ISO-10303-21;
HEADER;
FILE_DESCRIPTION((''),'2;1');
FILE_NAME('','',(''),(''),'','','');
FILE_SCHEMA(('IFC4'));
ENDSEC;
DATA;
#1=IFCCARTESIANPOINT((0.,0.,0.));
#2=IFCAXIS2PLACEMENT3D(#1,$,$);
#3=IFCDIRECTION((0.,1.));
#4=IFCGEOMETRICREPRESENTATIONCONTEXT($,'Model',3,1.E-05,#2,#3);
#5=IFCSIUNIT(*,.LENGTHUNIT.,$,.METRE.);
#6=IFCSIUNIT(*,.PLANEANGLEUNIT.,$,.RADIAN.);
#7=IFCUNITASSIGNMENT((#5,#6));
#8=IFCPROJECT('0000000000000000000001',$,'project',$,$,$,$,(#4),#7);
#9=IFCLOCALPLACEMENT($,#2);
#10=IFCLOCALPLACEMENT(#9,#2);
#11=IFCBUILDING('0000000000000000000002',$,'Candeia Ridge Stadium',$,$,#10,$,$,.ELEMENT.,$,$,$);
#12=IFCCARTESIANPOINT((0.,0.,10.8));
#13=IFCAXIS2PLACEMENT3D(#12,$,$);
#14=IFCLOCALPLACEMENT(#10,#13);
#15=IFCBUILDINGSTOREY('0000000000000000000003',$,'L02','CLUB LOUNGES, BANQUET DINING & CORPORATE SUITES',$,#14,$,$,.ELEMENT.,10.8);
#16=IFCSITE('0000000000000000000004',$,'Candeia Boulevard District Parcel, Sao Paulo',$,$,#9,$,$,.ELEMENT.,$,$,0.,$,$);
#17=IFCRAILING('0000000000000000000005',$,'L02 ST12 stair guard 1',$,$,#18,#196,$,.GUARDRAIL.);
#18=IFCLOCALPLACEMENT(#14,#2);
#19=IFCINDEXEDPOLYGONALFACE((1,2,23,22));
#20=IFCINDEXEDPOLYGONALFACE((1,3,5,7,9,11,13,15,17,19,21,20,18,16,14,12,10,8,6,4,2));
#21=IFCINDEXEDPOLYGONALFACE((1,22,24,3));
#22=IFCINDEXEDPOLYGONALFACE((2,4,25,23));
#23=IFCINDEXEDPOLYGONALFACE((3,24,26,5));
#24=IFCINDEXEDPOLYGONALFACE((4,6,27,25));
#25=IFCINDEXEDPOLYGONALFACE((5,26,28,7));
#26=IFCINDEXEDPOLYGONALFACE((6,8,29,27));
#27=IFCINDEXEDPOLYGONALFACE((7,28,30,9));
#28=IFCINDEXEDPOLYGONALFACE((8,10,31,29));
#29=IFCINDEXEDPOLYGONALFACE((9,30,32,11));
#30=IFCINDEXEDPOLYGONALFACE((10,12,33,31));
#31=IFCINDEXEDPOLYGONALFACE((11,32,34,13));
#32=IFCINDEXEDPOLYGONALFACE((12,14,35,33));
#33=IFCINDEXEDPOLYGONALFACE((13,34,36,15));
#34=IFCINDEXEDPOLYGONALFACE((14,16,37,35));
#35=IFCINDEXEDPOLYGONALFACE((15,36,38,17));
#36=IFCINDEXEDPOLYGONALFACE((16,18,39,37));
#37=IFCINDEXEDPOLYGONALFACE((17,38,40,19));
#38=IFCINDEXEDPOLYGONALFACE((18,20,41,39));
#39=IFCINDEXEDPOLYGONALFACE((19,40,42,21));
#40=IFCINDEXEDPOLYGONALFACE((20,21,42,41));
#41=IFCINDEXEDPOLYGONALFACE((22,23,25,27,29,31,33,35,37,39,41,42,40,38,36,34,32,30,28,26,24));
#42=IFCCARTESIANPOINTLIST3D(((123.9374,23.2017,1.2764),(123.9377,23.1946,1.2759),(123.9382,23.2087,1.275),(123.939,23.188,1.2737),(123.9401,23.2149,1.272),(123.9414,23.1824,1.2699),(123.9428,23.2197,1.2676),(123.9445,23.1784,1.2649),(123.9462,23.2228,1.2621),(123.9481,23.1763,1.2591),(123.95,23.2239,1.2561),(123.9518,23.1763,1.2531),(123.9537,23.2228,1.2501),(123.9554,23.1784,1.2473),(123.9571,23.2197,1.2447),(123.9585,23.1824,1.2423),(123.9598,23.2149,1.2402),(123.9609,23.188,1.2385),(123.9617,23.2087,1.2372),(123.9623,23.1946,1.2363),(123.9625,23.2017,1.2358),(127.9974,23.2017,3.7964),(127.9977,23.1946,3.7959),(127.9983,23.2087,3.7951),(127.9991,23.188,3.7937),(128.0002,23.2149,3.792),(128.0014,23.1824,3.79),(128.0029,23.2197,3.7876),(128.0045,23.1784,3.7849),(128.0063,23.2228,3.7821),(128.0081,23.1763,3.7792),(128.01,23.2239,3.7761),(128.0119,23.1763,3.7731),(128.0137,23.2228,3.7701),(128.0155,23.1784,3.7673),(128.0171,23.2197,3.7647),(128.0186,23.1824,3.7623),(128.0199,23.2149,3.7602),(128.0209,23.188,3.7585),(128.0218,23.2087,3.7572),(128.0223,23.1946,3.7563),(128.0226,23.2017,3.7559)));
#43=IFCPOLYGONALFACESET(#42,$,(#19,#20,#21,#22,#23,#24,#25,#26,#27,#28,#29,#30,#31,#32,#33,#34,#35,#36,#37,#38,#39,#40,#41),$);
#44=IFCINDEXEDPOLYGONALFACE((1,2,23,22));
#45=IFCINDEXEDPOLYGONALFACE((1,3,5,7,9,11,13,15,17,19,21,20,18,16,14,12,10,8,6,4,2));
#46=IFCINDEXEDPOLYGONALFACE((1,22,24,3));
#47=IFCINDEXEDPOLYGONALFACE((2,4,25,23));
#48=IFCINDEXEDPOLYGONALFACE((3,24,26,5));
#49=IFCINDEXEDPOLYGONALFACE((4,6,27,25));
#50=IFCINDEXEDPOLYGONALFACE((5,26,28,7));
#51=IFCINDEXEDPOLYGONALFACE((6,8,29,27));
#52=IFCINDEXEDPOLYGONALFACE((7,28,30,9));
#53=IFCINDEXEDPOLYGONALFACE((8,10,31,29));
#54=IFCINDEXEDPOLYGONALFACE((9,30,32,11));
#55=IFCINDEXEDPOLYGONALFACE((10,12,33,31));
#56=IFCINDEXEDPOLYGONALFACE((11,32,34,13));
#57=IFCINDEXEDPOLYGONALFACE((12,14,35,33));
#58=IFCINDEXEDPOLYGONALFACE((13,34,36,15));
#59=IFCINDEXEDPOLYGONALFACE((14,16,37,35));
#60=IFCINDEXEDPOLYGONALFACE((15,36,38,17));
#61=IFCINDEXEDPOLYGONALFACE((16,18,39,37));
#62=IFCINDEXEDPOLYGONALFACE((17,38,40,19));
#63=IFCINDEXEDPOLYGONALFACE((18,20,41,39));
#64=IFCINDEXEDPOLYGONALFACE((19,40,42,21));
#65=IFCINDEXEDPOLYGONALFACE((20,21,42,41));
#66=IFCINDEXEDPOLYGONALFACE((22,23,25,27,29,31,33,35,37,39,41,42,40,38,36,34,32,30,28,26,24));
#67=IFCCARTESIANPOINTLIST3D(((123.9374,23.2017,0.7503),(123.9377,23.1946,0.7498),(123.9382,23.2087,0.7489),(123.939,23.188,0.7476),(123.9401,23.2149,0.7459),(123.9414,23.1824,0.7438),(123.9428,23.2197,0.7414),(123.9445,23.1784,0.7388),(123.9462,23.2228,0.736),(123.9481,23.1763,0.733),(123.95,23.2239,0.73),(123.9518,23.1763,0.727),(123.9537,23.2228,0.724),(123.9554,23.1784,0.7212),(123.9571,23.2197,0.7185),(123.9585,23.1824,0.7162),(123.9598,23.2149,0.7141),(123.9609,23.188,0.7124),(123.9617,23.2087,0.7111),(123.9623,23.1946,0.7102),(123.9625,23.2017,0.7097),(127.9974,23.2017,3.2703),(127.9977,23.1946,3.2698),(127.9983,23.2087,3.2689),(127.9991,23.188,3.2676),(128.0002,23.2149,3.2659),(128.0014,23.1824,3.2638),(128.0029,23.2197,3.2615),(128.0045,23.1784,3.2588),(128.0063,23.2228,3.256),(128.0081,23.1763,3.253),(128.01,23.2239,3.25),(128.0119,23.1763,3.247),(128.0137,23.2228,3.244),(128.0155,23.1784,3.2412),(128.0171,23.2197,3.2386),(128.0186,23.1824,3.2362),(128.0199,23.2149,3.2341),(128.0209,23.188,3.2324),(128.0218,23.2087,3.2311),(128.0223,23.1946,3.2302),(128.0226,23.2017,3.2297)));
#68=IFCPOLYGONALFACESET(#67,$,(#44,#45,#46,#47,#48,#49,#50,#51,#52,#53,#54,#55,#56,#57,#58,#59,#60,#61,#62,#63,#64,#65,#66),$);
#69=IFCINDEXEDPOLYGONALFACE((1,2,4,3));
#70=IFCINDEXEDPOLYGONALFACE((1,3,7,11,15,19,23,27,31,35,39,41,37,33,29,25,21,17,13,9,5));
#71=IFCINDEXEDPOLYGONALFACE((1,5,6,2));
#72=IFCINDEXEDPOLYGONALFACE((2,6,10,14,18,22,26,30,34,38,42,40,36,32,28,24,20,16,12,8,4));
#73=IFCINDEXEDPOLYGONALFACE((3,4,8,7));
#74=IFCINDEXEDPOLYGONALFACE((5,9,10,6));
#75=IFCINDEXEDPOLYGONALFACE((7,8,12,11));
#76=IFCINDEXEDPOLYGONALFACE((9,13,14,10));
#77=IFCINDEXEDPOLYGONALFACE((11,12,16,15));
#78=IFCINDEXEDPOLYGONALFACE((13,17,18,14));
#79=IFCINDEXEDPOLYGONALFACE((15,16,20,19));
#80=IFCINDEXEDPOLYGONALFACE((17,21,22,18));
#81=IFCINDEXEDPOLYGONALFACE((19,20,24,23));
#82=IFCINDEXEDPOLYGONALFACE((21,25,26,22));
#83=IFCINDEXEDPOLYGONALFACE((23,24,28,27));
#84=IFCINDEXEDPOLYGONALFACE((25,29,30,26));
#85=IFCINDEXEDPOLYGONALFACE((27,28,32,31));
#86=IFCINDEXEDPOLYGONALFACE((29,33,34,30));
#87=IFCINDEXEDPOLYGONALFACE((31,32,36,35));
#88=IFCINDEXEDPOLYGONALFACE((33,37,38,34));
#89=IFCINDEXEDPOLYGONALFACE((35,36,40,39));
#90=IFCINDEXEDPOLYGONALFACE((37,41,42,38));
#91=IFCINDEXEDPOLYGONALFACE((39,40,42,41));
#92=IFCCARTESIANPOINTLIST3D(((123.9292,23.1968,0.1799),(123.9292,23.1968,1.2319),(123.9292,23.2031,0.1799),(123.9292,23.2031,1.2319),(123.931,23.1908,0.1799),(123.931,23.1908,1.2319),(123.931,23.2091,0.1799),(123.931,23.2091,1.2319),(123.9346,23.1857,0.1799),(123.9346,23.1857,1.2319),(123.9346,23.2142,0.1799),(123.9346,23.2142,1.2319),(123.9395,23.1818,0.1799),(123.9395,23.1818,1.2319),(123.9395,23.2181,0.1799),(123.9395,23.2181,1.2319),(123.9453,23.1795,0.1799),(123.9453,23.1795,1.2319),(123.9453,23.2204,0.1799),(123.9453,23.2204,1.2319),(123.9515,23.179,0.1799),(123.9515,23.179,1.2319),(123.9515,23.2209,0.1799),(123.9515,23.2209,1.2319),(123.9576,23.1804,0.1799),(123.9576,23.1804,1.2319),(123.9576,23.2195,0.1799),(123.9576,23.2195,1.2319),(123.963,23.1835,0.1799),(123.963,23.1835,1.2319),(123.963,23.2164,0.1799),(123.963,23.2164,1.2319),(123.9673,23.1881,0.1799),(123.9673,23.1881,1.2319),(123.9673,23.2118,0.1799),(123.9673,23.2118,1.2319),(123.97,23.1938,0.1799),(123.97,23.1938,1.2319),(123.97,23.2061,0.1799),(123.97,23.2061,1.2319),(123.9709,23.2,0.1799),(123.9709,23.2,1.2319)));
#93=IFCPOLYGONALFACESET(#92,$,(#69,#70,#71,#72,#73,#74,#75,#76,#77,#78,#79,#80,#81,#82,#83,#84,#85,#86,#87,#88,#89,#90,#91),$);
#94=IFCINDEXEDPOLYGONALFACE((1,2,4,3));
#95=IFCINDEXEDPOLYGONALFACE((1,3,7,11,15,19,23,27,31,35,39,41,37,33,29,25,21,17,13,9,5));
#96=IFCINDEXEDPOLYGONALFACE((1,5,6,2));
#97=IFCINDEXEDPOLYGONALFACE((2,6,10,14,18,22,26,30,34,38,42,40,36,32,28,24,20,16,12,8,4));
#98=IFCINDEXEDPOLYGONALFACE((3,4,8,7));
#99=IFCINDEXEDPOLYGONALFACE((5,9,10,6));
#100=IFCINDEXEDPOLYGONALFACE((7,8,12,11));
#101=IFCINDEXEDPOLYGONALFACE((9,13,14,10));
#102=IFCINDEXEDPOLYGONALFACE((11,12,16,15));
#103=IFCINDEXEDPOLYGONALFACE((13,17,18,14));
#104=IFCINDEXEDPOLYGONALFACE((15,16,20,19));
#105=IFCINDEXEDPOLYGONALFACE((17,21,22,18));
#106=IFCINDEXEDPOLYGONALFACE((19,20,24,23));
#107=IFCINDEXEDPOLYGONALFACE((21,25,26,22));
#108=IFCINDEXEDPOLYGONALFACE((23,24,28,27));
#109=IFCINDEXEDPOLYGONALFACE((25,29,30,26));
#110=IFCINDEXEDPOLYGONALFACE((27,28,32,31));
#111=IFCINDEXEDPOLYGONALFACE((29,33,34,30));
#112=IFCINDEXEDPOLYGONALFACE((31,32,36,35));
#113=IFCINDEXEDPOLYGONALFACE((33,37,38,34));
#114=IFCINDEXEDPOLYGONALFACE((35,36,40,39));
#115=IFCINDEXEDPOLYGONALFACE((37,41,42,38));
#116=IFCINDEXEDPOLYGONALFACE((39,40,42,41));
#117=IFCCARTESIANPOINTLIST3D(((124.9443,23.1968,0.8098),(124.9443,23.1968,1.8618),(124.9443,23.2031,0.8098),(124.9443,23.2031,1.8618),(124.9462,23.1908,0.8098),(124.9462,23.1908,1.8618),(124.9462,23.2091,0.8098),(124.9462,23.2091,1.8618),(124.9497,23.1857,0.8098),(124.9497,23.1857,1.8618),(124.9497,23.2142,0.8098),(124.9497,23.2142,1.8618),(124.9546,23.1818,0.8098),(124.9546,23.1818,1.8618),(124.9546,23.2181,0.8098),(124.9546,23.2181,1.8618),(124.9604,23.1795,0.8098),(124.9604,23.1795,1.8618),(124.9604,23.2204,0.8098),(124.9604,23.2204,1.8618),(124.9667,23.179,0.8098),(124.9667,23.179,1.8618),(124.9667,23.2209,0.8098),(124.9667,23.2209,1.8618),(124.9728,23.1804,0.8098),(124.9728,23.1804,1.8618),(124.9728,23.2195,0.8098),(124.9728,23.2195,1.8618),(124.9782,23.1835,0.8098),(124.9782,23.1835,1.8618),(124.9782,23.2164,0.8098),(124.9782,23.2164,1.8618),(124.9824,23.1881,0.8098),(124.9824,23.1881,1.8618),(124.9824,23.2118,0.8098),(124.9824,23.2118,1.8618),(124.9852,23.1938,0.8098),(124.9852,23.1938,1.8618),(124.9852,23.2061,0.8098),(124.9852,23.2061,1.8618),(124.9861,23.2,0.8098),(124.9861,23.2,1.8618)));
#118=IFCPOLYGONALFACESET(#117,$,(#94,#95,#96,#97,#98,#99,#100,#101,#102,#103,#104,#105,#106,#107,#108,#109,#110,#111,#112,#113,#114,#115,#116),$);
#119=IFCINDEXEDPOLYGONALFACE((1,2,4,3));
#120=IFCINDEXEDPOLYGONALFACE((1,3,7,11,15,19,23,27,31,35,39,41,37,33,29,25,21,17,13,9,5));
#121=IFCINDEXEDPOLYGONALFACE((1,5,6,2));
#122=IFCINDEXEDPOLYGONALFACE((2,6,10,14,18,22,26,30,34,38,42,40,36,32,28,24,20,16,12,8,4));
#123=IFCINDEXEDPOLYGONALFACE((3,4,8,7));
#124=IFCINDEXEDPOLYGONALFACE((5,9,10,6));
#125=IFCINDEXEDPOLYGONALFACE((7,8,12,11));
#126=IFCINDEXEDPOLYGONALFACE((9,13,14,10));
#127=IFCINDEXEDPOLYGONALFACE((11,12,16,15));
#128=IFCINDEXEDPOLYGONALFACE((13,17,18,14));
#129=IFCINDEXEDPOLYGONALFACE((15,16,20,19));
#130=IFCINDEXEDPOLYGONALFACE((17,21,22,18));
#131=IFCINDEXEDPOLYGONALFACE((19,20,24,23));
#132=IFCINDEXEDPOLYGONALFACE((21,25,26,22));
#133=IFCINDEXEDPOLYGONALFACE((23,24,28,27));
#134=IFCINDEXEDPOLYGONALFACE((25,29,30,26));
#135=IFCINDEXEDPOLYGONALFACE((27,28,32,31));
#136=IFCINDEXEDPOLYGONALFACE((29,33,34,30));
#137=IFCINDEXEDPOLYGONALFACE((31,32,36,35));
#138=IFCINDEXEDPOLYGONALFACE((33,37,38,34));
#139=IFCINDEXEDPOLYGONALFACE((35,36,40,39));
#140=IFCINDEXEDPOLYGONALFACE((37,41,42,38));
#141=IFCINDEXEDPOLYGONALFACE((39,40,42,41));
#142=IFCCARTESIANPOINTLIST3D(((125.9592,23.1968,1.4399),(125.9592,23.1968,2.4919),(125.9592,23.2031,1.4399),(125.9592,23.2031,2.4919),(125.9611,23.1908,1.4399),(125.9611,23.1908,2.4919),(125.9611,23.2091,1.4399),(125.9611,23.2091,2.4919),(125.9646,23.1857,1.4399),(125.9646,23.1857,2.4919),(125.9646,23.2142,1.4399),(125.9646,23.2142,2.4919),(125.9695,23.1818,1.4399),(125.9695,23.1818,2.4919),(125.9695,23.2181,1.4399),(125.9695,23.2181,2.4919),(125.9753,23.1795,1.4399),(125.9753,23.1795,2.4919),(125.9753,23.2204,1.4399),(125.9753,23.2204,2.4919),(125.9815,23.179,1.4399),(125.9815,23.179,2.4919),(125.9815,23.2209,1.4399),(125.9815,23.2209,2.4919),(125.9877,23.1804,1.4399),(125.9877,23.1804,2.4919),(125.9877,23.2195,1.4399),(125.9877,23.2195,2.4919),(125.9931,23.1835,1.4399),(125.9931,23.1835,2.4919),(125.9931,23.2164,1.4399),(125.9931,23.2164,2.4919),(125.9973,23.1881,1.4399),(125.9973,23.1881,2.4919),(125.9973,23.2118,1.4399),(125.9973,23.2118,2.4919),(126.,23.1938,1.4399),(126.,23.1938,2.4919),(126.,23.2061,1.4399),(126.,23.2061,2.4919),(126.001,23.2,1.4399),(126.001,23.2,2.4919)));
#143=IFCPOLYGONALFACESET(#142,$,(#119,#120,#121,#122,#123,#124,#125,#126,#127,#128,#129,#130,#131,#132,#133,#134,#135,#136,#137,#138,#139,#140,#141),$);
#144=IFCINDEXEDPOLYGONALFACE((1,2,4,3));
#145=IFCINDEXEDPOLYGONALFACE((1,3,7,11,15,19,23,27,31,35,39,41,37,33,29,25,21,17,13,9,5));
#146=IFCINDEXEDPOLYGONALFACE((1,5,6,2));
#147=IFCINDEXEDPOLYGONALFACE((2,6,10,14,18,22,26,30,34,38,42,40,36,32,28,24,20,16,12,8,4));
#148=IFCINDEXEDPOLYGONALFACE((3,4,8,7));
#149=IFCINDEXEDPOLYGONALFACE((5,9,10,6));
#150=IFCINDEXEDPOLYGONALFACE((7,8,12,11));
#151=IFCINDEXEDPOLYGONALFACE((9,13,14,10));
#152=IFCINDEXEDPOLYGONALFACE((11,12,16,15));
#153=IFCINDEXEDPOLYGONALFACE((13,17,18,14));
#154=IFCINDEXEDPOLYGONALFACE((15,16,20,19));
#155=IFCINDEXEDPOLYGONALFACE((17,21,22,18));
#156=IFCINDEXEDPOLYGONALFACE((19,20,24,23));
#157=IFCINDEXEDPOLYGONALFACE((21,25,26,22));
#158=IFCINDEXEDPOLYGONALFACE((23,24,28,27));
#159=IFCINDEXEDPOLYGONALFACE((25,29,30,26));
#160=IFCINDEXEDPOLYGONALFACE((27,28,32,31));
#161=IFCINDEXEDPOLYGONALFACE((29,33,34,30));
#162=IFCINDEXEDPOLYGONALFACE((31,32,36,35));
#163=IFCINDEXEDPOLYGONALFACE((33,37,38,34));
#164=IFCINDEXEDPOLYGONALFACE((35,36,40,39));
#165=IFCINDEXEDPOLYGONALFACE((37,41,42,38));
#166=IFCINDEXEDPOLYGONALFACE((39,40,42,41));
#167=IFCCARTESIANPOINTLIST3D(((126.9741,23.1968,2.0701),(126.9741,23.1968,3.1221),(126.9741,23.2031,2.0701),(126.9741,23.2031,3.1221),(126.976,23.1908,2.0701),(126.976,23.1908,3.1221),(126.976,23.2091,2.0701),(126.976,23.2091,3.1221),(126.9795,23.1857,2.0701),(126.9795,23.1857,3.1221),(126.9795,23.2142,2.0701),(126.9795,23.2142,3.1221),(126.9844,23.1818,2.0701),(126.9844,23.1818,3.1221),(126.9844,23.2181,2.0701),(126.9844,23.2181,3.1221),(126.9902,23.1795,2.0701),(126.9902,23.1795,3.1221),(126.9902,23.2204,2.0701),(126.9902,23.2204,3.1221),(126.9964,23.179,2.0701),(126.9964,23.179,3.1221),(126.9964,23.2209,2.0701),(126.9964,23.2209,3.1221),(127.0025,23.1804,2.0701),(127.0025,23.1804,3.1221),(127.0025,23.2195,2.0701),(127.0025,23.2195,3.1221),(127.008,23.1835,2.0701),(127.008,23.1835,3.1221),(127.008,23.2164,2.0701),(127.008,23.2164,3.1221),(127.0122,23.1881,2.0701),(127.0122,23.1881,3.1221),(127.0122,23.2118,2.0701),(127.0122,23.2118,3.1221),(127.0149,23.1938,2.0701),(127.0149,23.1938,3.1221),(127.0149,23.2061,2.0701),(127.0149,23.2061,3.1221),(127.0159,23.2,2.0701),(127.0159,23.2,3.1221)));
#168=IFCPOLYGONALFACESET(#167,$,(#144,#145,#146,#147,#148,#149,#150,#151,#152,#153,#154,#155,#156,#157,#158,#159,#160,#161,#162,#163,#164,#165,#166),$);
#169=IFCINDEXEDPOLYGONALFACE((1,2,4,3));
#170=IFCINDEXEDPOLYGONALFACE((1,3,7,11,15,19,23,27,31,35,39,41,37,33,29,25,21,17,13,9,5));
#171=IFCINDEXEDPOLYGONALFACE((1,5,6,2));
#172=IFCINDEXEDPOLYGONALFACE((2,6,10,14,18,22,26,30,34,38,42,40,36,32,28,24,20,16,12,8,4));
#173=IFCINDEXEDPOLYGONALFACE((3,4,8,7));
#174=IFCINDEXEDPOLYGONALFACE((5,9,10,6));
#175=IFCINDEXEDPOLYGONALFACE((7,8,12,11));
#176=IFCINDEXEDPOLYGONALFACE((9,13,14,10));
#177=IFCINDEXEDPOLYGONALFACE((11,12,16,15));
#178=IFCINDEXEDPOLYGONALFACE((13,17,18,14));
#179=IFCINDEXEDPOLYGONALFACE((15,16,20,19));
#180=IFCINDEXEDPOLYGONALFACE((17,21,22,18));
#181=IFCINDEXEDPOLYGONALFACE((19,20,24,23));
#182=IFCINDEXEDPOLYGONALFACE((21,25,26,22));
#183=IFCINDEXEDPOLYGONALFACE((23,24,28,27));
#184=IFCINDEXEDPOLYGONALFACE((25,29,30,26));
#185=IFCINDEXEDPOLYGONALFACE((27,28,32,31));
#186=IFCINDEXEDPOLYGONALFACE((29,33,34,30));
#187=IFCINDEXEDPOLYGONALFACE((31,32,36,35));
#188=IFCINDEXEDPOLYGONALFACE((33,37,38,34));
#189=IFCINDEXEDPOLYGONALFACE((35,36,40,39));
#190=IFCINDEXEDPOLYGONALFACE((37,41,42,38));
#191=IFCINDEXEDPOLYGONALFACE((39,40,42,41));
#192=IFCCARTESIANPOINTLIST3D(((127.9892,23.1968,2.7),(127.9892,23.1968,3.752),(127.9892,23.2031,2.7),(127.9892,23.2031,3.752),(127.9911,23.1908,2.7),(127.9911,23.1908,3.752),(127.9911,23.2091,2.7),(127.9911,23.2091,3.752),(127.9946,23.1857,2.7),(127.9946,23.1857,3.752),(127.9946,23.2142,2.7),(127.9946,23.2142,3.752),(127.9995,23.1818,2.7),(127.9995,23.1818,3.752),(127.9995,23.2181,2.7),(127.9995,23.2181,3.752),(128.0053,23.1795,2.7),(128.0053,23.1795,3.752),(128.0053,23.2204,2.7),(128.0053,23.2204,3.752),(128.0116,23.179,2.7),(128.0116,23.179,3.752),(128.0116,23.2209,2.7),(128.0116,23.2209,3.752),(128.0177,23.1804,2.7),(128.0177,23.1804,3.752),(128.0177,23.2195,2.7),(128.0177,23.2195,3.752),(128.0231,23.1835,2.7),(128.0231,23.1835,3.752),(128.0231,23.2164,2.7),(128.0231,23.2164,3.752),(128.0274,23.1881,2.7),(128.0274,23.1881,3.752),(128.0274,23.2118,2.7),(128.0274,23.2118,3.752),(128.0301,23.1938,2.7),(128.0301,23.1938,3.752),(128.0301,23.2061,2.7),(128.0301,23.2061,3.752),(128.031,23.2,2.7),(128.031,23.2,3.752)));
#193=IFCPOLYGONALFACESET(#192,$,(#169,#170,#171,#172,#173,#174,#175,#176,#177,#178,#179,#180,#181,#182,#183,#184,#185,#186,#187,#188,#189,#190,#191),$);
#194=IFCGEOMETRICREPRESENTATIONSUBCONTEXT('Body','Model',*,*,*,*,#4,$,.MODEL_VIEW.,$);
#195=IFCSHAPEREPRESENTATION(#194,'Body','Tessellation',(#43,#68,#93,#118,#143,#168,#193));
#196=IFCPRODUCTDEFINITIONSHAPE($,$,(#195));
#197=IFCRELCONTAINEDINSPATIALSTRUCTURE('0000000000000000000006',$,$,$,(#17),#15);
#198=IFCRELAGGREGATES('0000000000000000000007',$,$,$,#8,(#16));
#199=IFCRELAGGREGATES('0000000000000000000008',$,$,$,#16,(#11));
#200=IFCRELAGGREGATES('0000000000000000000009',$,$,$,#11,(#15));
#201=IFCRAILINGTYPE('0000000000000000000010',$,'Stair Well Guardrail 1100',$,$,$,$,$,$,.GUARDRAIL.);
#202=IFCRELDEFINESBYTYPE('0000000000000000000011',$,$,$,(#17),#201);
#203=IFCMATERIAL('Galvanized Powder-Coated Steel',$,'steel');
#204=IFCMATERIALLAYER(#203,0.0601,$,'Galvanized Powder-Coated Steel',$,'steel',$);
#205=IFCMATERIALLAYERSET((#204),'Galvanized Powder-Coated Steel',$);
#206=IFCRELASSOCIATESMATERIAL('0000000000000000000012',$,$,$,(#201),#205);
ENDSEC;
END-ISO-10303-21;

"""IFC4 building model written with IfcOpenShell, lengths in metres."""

from ifc_helpers import new_model, si_unit, direction, frame, origin, origin_2d, place, context, subcontext, project, spatial, circle, extrude, material, layer, layer_set, type_object, element, save


model = new_model("IFC4")

# Units and contexts
model_context = context("Model", 3, precision=1e-05, world=origin(), true_north=direction((0.0, 1.0)))
body_context = subcontext(model_context, "Body", "Model", "MODEL_VIEW")
ifc_project = project(units=[si_unit("LENGTHUNIT", "METRE"), si_unit("PLANEANGLEUNIT", "RADIAN")], contexts=[model_context])

# Site, building, storey
site_placement = place(None, origin())
site = spatial("IfcSite", under=ifc_project, at=site_placement, Name="Candeia Boulevard District Parcel, Sao Paulo", CompositionType="ELEMENT", RefElevation=0.0)
building_placement = place(site_placement, origin())
building = spatial("IfcBuilding", under=site, at=building_placement, Name="Candeia Ridge Stadium", CompositionType="ELEMENT")
storey_placement = place(building_placement, frame((0.0, 0.0, 10.8)))
storey = spatial("IfcBuildingStorey", under=building, at=storey_placement, Name="L02", Description="CLUB LOUNGES, BANQUET DINING & CORPORATE SUITES", CompositionType="ELEMENT", Elevation=10.8)

# Railing
ifc_material_1 = material(Name="Galvanized Powder-Coated Steel", Category="steel")
ifc_layer_1 = layer(ifc_material_1, 0.0601, Name="Galvanized Powder-Coated Steel", Category="steel")
ifc_layer_set_1 = layer_set([ifc_layer_1], Name="Galvanized Powder-Coated Steel")
railing_type_1 = type_object("IfcRailingType", Name="Stair Well Guardrail 1100", PredefinedType="GUARDRAIL", material=ifc_layer_set_1)
railing_1_placement = place(storey_placement, frame((123.95, 23.2, 0.1799)))
element("IfcRailing", 1, at=railing_1_placement, inside=storey, type_object=railing_type_1, Name="L02 ST12 stair guard 1", PredefinedType="GUARDRAIL", context=body_context, shape_type="SweptSolid", body=[
    extrude(circle(Radius=0.0239, at=origin_2d()), frame((0.0, 0.0, 1.0762), z_axis=(0.849642, 0.0, 0.52736), x_axis=(0.0, 1.0, 0.0)), (0.0, 0.0, 1.0), 4.7786),
    extrude(circle(Radius=0.0239, at=origin_2d()), frame((0.0, 0.0, 0.55), z_axis=(0.849642, 0.0, 0.52736), x_axis=(0.0, 1.0, 0.0)), (0.0, 0.0, 1.0), 4.7786),
    extrude(circle(Radius=0.021, at=origin_2d()), origin(), (0.0, 0.0, 1.0), 1.052),
    extrude(circle(Radius=0.021, at=origin_2d()), frame((1.0151, 0.0, 0.6299)), (0.0, 0.0, 1.0), 1.052),
    extrude(circle(Radius=0.021, at=origin_2d()), frame((2.03, 0.0, 1.26)), (0.0, 0.0, 1.0), 1.052),
    extrude(circle(Radius=0.021, at=origin_2d()), frame((3.0449, 0.0, 1.8901)), (0.0, 0.0, 1.0), 1.052),
    extrude(circle(Radius=0.021, at=origin_2d()), frame((4.0601, 0.0, 2.52)), (0.0, 0.0, 1.0), 1.052),
])

save(model, "model.ifc")
